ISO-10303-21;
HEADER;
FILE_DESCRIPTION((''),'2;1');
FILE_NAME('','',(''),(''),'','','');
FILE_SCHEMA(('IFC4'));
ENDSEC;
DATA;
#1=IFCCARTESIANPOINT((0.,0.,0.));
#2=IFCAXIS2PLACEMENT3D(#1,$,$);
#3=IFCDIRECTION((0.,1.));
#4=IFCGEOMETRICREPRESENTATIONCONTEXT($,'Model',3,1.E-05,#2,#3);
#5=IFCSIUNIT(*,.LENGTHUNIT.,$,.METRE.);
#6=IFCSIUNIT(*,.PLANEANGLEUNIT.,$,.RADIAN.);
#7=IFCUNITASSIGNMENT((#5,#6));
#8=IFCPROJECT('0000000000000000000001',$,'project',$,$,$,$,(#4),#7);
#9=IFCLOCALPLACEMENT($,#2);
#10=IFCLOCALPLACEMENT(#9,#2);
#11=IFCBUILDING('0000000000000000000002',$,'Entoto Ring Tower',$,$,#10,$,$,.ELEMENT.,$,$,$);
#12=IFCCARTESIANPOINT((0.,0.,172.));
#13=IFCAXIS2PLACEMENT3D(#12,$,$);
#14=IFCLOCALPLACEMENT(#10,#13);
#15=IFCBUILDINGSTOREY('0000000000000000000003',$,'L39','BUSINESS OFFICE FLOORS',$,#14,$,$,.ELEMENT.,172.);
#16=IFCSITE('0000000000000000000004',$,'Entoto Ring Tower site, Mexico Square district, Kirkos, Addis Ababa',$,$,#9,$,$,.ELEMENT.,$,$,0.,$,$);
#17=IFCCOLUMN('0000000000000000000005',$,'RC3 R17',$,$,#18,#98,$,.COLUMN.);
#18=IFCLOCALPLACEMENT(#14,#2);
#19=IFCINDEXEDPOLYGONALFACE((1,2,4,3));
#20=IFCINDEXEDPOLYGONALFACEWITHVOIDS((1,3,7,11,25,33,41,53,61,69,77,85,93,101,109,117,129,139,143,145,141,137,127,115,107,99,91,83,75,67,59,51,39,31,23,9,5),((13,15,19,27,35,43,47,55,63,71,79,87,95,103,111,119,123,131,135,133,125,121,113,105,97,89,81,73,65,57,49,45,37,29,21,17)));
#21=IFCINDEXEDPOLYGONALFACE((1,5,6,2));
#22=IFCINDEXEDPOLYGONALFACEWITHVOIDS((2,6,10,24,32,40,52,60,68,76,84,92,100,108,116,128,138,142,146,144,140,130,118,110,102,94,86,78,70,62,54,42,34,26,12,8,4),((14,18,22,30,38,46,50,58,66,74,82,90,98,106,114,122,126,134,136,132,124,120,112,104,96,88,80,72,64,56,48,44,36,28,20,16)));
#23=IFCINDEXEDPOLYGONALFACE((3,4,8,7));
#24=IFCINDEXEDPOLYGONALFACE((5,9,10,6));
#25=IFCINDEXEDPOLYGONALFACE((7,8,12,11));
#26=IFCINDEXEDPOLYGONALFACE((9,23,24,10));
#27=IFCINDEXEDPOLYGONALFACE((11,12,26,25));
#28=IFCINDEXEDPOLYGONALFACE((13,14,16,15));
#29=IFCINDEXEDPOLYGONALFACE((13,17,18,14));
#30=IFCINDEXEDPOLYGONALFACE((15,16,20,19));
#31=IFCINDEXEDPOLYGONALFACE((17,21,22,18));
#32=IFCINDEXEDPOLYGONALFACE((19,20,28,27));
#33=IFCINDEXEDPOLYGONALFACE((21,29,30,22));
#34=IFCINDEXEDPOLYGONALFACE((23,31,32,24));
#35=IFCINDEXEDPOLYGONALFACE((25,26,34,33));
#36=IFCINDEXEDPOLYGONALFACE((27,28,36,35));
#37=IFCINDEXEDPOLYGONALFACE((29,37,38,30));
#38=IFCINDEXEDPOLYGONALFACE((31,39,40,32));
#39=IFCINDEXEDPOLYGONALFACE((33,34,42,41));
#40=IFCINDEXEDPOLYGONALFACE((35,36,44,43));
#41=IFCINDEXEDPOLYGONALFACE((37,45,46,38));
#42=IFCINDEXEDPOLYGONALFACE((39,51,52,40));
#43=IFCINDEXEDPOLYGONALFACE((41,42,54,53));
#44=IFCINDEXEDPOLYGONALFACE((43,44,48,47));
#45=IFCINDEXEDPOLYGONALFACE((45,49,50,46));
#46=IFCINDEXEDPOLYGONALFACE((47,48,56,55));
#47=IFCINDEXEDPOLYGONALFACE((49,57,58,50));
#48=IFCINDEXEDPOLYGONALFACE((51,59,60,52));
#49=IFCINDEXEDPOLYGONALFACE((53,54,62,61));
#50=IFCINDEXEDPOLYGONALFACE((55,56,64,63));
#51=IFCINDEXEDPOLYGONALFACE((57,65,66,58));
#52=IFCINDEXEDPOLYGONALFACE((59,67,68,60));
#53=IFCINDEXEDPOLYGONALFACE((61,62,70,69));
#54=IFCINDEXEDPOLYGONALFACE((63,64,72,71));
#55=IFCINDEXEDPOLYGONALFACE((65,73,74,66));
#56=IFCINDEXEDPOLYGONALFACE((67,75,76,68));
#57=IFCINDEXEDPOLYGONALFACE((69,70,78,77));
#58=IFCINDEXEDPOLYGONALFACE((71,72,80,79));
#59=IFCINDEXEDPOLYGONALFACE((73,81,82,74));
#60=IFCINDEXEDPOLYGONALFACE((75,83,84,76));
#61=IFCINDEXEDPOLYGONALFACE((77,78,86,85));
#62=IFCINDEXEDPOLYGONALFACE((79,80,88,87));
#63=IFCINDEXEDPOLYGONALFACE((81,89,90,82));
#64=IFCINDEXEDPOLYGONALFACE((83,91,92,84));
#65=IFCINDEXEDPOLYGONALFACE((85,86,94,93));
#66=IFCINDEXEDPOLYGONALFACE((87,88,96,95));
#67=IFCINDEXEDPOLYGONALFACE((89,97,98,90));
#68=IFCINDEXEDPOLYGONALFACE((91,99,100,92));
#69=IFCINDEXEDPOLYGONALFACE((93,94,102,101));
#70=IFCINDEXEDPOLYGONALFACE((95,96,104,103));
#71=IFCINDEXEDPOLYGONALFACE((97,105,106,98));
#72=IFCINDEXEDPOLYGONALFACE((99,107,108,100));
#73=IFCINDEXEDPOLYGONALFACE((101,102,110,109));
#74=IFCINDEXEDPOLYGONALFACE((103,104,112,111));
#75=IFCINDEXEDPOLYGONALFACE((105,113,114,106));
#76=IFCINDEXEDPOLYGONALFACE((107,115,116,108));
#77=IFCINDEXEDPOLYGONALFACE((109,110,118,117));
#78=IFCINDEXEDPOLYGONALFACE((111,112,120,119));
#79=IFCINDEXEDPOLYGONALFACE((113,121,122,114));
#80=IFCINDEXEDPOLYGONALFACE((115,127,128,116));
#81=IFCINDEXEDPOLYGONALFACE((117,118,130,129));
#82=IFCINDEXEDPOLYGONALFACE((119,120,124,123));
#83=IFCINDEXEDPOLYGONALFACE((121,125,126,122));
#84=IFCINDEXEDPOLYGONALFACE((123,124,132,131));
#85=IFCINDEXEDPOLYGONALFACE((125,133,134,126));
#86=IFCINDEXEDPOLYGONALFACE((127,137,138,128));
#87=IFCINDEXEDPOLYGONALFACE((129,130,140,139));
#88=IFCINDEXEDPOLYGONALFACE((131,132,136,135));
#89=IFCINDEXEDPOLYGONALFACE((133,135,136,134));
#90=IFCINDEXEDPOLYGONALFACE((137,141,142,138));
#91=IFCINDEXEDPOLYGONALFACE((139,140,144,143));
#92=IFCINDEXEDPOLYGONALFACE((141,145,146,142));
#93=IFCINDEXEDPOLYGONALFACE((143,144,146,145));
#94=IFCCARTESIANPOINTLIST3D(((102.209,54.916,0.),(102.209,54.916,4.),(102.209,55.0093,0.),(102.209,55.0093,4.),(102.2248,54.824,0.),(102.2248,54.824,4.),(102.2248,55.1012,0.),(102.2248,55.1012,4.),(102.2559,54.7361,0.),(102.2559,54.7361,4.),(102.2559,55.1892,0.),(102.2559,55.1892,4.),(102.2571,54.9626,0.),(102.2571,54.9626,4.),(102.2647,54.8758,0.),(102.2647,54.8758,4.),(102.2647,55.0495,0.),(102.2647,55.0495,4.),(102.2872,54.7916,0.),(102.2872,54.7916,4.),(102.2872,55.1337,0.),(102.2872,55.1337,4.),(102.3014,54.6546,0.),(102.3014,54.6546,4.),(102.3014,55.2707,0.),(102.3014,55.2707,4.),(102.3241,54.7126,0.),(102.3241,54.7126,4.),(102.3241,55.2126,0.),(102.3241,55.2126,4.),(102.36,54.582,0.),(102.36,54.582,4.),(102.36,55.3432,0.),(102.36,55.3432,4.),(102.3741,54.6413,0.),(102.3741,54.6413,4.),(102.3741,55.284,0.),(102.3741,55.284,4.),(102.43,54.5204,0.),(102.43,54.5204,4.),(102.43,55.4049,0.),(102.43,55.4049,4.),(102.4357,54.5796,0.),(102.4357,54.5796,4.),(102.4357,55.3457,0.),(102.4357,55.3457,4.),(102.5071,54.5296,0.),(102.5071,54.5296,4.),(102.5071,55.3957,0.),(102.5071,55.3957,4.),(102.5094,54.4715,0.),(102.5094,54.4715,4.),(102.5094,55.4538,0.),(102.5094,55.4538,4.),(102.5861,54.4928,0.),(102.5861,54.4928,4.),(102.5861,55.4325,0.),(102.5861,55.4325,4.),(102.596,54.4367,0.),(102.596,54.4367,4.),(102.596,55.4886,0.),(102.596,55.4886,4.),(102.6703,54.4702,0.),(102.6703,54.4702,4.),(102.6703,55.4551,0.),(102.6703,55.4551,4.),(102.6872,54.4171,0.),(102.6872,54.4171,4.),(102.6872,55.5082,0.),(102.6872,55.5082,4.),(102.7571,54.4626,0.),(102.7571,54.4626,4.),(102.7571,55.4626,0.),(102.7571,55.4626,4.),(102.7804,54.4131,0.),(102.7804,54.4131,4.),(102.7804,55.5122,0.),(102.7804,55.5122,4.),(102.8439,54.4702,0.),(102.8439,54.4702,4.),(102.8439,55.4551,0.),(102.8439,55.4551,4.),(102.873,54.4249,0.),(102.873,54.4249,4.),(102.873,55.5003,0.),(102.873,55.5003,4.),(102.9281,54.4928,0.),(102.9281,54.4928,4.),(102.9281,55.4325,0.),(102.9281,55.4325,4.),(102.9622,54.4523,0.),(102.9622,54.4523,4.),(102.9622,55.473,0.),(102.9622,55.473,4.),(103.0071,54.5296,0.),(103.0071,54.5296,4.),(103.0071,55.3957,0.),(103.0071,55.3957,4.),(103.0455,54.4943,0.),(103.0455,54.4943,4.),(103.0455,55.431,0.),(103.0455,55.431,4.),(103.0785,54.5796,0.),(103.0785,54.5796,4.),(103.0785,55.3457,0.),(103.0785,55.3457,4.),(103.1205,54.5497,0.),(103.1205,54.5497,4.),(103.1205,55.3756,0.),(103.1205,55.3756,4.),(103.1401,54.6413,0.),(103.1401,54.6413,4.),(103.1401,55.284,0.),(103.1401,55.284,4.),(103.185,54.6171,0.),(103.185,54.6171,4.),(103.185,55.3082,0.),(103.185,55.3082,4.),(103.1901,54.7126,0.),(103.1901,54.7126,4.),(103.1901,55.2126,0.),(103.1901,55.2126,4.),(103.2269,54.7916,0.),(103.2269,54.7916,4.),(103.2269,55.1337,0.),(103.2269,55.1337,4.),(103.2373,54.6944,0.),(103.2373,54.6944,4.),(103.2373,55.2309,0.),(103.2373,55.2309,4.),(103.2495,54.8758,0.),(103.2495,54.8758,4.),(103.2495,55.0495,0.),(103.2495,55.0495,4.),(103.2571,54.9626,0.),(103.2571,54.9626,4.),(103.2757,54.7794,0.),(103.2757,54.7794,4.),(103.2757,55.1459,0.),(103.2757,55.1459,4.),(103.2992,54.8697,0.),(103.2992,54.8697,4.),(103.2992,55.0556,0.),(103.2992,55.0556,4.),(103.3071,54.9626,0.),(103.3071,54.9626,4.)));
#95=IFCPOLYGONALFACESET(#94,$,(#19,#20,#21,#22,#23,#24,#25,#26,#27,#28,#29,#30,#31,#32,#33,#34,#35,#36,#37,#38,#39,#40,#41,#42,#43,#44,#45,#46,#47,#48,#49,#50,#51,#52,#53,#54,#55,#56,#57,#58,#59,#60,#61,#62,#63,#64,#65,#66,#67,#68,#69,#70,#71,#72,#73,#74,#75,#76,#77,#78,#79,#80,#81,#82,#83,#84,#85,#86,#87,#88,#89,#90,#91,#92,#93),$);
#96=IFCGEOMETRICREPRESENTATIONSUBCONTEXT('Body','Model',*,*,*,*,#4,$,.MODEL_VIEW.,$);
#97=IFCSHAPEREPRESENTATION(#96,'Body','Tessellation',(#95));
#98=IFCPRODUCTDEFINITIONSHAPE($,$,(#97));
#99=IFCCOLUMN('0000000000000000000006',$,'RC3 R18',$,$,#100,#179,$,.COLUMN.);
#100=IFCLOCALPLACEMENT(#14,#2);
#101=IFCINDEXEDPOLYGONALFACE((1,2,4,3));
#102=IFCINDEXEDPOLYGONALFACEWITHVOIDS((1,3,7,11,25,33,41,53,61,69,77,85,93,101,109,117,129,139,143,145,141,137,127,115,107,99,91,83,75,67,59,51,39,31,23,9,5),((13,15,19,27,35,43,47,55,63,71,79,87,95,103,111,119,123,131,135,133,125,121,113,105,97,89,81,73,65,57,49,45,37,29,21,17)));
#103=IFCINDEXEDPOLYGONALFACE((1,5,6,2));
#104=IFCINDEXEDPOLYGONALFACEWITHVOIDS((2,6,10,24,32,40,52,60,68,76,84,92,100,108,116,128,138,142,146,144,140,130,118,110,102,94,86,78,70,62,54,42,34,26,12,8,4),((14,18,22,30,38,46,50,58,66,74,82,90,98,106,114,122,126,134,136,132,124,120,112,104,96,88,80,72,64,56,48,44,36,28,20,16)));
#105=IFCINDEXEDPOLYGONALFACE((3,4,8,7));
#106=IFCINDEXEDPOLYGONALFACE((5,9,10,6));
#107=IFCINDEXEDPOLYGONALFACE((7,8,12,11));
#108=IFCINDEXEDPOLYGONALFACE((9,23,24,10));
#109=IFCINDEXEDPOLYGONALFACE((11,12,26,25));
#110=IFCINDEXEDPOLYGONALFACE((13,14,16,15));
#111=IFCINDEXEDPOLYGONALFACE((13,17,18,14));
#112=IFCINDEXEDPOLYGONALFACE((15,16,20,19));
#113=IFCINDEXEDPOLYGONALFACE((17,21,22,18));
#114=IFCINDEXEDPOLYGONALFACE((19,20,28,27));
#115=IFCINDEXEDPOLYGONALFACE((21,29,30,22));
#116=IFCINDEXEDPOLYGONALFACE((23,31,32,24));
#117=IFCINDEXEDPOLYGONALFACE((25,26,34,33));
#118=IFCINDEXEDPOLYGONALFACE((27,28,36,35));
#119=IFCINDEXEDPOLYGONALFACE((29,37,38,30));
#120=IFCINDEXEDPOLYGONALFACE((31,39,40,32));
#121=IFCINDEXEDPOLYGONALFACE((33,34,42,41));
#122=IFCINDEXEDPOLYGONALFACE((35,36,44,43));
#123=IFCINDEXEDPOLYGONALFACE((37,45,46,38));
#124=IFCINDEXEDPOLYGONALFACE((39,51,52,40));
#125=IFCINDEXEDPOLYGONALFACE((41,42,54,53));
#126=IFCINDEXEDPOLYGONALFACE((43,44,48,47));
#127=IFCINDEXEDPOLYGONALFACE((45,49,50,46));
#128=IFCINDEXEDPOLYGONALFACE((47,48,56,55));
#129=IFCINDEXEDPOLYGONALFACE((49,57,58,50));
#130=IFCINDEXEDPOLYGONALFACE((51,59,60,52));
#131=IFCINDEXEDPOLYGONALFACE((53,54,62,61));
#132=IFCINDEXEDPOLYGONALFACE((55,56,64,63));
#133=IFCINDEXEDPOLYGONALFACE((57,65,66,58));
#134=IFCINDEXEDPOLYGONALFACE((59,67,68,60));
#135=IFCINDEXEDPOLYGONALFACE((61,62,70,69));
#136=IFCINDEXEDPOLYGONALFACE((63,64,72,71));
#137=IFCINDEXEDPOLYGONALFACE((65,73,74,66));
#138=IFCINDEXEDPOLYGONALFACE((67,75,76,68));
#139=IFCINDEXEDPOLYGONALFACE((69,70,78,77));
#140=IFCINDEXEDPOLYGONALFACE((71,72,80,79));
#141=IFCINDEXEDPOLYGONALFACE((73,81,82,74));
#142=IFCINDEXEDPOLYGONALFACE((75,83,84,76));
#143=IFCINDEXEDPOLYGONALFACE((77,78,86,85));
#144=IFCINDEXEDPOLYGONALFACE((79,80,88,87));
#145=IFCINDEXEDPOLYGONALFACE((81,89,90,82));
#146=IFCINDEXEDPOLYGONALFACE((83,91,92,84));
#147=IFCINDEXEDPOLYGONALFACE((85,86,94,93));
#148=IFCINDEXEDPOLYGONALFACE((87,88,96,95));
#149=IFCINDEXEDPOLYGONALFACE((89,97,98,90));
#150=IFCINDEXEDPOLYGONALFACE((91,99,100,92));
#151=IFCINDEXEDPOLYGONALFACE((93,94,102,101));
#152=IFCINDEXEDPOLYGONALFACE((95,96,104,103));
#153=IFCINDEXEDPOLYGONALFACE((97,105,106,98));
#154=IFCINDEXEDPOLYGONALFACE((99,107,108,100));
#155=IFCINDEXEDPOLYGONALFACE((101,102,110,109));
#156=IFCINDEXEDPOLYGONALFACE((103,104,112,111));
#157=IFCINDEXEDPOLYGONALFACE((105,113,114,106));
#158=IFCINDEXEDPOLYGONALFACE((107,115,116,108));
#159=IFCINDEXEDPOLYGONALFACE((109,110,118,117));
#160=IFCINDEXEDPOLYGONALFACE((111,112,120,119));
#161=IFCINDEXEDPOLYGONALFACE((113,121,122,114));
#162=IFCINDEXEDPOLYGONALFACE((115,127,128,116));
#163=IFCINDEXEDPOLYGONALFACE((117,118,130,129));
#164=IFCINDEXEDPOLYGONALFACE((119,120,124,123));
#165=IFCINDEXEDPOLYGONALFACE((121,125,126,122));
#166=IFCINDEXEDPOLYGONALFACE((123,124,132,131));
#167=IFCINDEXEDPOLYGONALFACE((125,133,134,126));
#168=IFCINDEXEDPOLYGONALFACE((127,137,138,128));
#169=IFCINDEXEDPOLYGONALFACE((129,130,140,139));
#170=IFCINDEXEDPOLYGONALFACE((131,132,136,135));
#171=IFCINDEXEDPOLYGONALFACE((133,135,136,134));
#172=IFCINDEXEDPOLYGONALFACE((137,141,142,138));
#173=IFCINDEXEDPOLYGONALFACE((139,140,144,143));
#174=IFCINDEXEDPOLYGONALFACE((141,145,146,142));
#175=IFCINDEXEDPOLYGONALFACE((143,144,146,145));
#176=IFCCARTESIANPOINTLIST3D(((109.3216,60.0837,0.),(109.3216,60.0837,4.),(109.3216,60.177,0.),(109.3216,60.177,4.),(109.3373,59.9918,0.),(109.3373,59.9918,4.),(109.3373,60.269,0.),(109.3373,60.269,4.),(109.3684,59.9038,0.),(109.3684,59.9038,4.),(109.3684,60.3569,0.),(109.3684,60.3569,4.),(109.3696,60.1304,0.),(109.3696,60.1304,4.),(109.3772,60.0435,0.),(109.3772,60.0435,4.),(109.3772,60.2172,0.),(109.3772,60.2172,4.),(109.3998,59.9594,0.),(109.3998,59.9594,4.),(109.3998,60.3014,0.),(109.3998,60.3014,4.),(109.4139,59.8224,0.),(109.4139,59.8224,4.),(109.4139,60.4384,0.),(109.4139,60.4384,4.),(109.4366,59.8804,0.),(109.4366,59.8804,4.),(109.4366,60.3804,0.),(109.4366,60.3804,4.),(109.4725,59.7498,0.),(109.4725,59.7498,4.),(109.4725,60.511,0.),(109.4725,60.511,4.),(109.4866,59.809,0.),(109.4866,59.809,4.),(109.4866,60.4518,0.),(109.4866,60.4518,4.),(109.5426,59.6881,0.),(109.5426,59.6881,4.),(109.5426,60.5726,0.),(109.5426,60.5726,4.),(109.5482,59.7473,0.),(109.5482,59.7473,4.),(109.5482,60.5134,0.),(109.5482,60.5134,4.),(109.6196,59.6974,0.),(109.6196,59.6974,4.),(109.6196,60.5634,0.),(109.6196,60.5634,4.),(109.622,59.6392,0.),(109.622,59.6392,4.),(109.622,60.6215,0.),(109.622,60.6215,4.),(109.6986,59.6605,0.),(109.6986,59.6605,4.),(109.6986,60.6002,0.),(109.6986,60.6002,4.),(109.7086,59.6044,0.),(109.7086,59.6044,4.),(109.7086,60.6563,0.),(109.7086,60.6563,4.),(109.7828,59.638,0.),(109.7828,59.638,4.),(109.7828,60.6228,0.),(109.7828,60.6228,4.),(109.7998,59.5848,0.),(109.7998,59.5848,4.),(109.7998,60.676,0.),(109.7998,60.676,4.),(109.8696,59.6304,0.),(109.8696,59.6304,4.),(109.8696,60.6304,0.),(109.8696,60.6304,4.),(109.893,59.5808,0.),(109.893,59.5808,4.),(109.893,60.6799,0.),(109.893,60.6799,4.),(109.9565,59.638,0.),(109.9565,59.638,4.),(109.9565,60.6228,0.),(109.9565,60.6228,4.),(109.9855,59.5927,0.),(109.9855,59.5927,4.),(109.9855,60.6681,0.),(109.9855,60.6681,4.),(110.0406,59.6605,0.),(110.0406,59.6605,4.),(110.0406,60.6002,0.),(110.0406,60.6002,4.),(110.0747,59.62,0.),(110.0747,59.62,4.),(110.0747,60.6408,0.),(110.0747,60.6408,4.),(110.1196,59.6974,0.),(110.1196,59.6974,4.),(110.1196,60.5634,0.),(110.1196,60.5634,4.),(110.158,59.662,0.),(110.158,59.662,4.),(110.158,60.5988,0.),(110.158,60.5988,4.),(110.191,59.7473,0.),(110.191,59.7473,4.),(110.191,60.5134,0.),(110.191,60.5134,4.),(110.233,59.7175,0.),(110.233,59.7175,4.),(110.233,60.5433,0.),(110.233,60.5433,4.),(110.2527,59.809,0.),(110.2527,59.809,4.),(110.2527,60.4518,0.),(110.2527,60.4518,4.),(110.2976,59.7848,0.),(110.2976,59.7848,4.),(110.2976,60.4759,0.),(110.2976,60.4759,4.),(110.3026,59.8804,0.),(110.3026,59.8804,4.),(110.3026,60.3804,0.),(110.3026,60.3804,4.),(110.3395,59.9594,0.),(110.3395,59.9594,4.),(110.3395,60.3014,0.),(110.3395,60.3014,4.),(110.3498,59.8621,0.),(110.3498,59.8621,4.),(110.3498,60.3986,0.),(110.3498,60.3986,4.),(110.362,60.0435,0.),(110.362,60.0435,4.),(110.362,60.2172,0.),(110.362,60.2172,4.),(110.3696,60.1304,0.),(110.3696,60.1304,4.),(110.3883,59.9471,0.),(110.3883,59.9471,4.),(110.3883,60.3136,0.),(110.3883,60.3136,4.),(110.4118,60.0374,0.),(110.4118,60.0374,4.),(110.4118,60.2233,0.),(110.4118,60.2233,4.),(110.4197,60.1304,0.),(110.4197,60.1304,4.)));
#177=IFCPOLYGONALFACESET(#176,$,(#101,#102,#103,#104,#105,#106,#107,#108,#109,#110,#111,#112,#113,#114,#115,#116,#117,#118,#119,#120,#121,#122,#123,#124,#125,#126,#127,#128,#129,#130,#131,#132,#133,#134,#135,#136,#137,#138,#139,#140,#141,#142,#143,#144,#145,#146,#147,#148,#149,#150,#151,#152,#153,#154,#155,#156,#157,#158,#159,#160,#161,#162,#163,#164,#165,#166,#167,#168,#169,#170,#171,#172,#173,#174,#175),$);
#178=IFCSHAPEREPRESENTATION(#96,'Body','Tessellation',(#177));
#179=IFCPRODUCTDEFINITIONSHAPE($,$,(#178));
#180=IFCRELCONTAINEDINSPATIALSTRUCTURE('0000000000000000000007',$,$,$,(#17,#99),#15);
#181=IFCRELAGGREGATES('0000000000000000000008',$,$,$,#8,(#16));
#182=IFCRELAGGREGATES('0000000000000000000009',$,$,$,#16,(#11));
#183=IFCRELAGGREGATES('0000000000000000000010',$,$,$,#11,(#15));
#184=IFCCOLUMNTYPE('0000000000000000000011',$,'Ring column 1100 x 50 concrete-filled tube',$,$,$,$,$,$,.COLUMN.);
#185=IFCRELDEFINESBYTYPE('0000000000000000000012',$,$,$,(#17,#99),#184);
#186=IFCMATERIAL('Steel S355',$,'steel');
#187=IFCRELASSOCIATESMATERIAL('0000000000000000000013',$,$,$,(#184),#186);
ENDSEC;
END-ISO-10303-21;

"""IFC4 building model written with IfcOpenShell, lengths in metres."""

from ifc_helpers import new_model, si_unit, direction, frame, origin, origin_2d, place, context, subcontext, project, spatial, circle, hollow_circle, extrude, material, material_profile, profile_set, type_object, element, save


model = new_model("IFC4")

# Units and contexts
model_context = context("Model", 3, precision=1e-05, world=origin(), true_north=direction((0.0, 1.0)))
body_context = subcontext(model_context, "Body", "Model", "MODEL_VIEW")
ifc_project = project(units=[si_unit("LENGTHUNIT", "METRE"), si_unit("PLANEANGLEUNIT", "RADIAN")], contexts=[model_context])

# Site, building, storey
site_placement = place(None, origin())
site = spatial("IfcSite", under=ifc_project, at=site_placement, Name="Entoto Ring Tower site, Mexico Square district, Kirkos, Addis Ababa", CompositionType="ELEMENT", RefElevation=0.0)
building_placement = place(site_placement, origin())
building = spatial("IfcBuilding", under=site, at=building_placement, Name="Entoto Ring Tower", CompositionType="ELEMENT")
storey_placement = place(building_placement, frame((0.0, 0.0, 172.0)))
storey = spatial("IfcBuildingStorey", under=building, at=storey_placement, Name="L39", Description="BUSINESS OFFICE FLOORS", CompositionType="ELEMENT", Elevation=172.0)

# Columns
ifc_material_1 = material(Name="Steel S355", Category="steel")
ifc_material_profile_1 = material_profile(ifc_material_1, hollow_circle(Radius=0.55, WallThickness=0.05, at=origin_2d()), Name="CHS 1100 x 50")
ifc_material_2 = material(Name="Concrete C60/75", Category="concrete")
ifc_material_profile_2 = material_profile(ifc_material_2, circle(Radius=0.5, at=origin_2d()), Name="Concrete C60/75 infill")
ifc_profile_set_1 = profile_set([ifc_material_profile_1, ifc_material_profile_2], Name="Steel S355")
column_type = type_object("IfcColumnType", Name="Ring column 1100 x 50 concrete-filled tube", PredefinedType="COLUMN", material=ifc_profile_set_1)
for number, where, z_axis, x_axis, name in (
    (1, (102.7571, 54.9626, 0.0), (0.0, 0.0, 1.0), (1.0, 0.0, 0.0), "RC3 R17"),
    (2, (109.8696, 60.1304, 0.0), (0.0, 0.0, 1.0), (1.0, 0.0, 0.0), "RC3 R18"),
):
    element("IfcColumn", number, at=place(storey_placement, frame(where, z_axis=z_axis, x_axis=x_axis)), inside=storey, type_object=column_type, Name=name, PredefinedType="COLUMN", context=body_context, shape_type="SweptSolid", body=[
        extrude(hollow_circle(Radius=0.55, WallThickness=0.05, at=origin_2d()), origin(), (0.0, 0.0, 1.0), 4.0),
    ])

save(model, "model.ifc")
